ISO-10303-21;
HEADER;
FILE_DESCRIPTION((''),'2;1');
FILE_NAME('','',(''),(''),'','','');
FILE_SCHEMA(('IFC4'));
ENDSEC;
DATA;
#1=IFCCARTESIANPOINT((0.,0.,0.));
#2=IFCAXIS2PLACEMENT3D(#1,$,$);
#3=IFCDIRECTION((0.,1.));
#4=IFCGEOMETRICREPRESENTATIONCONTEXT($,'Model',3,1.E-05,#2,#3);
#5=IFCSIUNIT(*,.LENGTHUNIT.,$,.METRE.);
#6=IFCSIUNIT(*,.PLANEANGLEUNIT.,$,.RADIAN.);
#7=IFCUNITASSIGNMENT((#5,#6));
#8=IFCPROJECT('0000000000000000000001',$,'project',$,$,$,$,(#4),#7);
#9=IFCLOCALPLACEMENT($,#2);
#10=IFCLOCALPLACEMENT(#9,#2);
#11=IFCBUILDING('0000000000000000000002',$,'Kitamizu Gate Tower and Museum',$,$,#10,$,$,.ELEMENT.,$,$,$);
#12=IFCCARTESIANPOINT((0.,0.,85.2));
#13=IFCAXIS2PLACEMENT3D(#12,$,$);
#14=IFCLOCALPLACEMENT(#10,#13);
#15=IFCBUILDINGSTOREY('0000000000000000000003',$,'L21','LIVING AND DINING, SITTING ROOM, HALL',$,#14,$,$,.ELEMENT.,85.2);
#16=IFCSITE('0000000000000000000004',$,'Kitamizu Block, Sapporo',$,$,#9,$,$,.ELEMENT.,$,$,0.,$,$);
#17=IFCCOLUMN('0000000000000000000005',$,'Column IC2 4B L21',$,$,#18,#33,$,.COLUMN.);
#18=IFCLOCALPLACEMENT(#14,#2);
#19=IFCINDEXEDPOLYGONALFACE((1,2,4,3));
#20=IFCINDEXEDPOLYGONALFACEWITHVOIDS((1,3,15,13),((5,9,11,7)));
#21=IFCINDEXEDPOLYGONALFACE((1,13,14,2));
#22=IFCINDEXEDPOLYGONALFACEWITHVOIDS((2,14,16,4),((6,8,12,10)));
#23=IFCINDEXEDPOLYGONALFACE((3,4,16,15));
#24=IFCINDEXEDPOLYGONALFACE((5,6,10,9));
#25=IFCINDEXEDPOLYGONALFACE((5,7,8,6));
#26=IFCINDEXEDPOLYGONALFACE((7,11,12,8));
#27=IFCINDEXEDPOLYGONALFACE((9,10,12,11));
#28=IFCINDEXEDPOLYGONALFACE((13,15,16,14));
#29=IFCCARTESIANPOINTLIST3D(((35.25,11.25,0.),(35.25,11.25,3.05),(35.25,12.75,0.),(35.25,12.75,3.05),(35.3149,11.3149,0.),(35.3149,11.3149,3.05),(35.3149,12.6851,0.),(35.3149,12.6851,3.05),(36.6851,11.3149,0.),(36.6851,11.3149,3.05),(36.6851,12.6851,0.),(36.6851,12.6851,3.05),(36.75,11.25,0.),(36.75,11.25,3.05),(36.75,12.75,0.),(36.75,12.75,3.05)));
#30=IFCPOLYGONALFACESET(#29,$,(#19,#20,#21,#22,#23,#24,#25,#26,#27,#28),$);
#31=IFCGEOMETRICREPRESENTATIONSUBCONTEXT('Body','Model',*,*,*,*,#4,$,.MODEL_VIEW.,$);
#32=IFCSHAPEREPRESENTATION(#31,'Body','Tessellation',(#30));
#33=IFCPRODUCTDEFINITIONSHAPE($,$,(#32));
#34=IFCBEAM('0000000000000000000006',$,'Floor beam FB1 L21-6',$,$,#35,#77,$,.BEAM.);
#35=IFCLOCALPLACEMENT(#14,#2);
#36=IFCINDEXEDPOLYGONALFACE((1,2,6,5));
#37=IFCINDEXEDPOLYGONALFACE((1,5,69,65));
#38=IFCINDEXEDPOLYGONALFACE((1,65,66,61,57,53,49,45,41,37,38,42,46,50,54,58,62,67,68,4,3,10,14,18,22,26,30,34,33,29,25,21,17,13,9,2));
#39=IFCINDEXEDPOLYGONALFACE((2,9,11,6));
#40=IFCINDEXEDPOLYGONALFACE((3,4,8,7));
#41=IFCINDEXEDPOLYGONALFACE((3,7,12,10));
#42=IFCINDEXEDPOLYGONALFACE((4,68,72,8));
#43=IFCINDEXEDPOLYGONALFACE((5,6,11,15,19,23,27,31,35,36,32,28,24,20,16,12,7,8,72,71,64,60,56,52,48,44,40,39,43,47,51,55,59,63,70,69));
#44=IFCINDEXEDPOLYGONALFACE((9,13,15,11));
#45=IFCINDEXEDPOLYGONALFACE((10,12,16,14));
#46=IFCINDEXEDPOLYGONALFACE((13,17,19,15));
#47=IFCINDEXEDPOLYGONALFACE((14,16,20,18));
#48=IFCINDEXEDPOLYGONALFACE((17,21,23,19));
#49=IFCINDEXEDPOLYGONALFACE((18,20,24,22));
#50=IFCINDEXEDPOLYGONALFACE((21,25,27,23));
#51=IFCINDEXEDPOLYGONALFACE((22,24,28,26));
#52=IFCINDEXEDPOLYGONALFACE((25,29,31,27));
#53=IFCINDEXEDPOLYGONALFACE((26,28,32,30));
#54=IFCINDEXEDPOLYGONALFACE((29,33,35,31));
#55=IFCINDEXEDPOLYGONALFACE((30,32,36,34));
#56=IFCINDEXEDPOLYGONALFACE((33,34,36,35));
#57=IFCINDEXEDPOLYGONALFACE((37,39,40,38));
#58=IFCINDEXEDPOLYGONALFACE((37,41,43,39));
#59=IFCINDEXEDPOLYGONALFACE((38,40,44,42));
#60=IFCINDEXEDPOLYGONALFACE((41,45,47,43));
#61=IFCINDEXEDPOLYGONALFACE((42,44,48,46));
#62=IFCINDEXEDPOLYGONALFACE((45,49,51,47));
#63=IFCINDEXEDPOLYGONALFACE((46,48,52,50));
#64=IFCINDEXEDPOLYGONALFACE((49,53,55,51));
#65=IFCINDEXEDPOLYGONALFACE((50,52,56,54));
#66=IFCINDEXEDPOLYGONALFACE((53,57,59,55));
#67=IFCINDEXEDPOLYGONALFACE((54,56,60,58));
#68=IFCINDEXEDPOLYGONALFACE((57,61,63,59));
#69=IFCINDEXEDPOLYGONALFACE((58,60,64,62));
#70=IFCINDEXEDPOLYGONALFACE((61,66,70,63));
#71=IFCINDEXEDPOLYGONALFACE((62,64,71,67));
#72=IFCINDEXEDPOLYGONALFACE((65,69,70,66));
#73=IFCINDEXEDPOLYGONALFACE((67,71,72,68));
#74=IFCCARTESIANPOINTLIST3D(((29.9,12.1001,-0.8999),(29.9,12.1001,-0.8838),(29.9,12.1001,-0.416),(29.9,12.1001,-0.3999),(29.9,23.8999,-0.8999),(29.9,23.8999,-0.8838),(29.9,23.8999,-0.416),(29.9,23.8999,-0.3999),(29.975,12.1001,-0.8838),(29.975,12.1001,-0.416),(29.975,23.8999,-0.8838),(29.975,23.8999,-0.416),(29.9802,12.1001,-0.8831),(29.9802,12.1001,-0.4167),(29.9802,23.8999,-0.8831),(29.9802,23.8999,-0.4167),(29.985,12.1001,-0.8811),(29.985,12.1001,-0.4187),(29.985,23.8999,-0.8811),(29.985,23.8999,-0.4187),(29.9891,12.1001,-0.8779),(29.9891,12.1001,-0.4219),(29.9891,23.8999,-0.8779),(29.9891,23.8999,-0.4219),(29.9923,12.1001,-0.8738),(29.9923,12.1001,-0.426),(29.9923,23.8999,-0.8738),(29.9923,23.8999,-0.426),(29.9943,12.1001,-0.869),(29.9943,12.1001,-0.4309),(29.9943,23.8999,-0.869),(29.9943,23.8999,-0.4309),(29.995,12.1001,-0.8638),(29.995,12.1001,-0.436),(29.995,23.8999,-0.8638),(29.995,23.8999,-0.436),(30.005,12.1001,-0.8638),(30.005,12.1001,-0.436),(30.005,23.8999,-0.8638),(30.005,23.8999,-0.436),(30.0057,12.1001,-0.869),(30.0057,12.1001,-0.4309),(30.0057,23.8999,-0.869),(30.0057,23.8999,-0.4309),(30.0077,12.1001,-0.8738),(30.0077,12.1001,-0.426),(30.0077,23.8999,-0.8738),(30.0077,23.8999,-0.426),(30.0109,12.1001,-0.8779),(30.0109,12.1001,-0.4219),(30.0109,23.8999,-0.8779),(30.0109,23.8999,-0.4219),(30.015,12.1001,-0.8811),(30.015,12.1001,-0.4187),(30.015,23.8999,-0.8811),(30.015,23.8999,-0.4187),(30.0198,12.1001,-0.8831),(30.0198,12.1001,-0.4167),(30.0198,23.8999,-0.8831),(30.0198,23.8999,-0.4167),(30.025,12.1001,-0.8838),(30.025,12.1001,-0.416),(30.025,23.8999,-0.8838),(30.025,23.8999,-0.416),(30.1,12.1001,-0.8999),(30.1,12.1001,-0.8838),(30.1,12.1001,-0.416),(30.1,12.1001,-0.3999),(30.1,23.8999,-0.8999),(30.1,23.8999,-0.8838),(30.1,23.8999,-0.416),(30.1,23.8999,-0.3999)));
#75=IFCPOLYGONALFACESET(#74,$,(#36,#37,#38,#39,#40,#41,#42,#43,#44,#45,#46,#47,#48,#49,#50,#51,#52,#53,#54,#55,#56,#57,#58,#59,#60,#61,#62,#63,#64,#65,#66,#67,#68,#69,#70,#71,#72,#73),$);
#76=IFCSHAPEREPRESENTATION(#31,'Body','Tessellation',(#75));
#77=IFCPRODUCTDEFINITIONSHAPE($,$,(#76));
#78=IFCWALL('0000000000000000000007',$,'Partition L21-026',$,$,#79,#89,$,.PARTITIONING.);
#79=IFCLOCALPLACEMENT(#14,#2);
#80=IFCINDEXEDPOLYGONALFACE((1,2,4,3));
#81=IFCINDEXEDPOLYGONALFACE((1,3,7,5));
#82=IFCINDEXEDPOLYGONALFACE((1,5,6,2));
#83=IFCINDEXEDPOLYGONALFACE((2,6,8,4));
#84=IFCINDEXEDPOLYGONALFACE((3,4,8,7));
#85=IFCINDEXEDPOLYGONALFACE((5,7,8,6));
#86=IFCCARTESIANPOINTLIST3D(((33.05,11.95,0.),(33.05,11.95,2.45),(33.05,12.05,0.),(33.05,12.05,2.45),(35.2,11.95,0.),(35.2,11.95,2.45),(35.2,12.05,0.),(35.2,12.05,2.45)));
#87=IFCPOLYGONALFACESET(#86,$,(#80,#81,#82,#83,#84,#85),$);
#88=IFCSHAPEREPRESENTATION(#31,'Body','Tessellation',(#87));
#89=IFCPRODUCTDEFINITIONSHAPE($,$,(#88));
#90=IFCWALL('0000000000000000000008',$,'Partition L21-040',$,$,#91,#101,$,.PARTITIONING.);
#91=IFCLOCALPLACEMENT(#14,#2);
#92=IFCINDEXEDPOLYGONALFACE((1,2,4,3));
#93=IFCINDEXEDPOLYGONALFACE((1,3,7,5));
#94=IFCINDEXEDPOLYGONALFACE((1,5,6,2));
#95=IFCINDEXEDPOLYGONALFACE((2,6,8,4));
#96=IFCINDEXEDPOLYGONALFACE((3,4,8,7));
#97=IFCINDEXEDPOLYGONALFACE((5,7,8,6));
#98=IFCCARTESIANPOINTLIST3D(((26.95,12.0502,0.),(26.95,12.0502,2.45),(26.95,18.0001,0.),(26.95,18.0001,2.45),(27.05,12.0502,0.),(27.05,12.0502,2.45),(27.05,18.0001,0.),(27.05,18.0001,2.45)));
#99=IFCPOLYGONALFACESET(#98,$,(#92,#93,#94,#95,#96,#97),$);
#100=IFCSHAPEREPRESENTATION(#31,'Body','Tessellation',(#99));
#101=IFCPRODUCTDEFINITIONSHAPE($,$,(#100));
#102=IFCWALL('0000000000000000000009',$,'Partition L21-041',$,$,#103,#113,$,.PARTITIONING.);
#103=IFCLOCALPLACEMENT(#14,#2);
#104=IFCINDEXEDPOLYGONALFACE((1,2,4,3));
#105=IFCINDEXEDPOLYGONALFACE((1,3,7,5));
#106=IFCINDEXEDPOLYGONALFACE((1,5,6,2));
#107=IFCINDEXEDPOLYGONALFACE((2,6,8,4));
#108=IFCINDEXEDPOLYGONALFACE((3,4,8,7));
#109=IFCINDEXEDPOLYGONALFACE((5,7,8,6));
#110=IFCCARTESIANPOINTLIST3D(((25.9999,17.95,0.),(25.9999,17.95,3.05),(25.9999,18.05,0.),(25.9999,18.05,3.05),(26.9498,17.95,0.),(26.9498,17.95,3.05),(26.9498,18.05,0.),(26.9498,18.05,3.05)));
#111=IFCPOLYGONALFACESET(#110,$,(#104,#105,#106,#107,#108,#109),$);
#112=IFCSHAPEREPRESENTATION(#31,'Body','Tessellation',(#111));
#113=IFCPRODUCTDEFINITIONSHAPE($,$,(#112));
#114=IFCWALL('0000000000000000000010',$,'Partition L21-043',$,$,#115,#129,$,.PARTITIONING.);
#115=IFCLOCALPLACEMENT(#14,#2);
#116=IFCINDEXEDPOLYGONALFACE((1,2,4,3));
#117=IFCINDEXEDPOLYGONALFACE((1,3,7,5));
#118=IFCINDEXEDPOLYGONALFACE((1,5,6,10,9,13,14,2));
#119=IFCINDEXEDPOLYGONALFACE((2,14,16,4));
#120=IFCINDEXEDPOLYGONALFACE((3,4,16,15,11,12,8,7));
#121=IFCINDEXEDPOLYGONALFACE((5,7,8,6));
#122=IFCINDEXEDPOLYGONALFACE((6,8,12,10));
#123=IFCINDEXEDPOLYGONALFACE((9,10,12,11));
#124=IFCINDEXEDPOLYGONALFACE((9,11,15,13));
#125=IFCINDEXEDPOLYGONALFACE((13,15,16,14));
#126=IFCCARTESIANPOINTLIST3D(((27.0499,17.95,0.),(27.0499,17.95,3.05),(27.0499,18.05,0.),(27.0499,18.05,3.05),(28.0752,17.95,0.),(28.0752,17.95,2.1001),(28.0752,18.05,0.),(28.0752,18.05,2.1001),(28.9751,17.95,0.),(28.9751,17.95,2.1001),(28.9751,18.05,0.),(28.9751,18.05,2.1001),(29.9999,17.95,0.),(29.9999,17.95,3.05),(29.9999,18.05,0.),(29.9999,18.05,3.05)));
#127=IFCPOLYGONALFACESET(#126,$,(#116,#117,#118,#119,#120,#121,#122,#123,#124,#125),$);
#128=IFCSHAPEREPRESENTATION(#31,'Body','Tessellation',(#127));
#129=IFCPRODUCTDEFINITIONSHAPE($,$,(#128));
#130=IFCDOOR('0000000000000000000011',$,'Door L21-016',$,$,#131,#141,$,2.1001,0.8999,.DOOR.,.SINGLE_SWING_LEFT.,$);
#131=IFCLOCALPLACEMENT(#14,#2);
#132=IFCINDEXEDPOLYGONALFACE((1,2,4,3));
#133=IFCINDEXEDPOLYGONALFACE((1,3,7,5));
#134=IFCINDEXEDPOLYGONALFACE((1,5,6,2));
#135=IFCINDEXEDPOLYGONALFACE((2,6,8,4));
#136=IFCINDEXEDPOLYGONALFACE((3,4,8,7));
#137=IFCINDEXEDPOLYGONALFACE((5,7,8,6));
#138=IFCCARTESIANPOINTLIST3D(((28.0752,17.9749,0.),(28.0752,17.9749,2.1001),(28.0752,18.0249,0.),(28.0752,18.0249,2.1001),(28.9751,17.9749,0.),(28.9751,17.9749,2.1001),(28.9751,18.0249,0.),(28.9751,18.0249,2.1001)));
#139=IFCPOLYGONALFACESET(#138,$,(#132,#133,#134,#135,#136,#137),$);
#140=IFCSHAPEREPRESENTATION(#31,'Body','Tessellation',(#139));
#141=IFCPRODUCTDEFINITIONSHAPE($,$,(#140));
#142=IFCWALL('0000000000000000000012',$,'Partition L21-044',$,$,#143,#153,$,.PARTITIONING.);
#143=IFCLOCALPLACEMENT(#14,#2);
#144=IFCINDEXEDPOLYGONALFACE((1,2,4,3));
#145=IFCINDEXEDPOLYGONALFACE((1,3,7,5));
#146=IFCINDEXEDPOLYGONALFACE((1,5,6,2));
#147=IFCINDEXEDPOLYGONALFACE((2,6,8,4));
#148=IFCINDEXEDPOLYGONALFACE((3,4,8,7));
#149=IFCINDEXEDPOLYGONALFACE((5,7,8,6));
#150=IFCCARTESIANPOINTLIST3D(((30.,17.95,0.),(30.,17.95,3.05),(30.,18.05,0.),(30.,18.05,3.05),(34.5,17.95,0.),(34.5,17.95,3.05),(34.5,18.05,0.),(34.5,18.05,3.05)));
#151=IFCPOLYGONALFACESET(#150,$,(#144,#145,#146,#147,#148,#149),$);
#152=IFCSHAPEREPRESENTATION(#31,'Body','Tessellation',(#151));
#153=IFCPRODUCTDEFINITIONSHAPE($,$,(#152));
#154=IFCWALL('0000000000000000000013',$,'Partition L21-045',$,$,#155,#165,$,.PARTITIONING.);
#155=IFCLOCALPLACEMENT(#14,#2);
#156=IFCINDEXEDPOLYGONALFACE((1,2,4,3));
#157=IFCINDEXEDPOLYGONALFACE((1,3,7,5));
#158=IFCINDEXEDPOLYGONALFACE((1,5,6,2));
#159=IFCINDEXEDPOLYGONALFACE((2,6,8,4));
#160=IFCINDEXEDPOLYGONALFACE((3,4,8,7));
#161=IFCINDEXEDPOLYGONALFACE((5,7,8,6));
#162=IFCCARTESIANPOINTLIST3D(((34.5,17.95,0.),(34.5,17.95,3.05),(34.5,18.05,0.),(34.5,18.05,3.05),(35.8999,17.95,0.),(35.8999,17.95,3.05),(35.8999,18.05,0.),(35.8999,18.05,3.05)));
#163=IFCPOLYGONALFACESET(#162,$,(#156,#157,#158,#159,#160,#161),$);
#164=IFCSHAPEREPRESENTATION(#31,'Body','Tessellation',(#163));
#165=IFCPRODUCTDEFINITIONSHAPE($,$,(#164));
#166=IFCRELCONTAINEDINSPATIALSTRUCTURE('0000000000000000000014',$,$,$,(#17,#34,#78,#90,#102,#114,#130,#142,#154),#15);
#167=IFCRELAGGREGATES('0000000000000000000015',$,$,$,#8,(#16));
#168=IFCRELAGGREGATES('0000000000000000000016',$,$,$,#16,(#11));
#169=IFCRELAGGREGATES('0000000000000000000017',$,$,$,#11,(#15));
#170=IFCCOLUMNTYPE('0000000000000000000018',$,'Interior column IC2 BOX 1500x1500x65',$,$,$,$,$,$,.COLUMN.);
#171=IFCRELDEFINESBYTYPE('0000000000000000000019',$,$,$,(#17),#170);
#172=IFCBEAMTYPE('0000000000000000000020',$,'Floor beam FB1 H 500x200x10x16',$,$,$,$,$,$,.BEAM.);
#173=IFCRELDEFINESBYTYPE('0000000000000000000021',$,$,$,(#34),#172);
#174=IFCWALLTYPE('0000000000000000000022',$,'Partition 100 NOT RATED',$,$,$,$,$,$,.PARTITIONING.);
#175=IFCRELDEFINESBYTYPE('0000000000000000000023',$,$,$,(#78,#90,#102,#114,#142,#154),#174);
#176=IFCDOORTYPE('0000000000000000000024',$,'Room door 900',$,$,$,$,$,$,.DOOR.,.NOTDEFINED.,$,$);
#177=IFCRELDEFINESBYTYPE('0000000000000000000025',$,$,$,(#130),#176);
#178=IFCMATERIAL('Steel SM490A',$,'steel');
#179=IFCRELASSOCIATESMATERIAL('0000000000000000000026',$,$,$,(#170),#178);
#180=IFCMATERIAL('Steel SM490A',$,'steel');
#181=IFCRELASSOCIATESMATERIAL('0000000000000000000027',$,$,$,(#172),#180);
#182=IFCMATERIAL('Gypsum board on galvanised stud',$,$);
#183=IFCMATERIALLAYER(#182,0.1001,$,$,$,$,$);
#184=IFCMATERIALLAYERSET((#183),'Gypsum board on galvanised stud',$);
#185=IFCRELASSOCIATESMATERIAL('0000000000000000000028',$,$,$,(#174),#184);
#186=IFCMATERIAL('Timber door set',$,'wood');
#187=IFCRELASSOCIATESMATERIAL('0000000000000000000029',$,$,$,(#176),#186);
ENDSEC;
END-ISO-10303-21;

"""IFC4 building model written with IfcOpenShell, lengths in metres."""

from ifc_helpers import new_model, si_unit, direction, frame, frame_2d, origin, origin_2d, place, context, subcontext, project, spatial, rectangle, hollow_rectangle, i_section, extrude, material, layer, layer_set, material_profile, profile_set, type_object, element, fill, save


model = new_model("IFC4")

# Units and contexts
model_context = context("Model", 3, precision=1e-05, world=origin(), true_north=direction((0.0, 1.0)))
body_context = subcontext(model_context, "Body", "Model", "MODEL_VIEW")
ifc_project = project(units=[si_unit("LENGTHUNIT", "METRE"), si_unit("PLANEANGLEUNIT", "RADIAN")], contexts=[model_context])

# Site, building, storey
site_placement = place(None, origin())
site = spatial("IfcSite", under=ifc_project, at=site_placement, Name="Kitamizu Block, Sapporo", CompositionType="ELEMENT", RefElevation=0.0)
building_placement = place(site_placement, origin())
building = spatial("IfcBuilding", under=site, at=building_placement, Name="Kitamizu Gate Tower and Museum", CompositionType="ELEMENT")
storey_placement = place(building_placement, frame((0.0, 0.0, 85.2)))
storey = spatial("IfcBuildingStorey", under=building, at=storey_placement, Name="L21", Description="LIVING AND DINING, SITTING ROOM, HALL", CompositionType="ELEMENT", Elevation=85.2)

# Column
ifc_material_1 = material(Name="Steel SM490A", Category="steel")
ifc_material_profile_1 = material_profile(ifc_material_1, hollow_rectangle(XDim=1.5, YDim=1.5, WallThickness=0.0649, at=origin_2d()), Name="BOX 1500x1500x65")
ifc_profile_set_1 = profile_set([ifc_material_profile_1], Name="Steel SM490A")
column_type = type_object("IfcColumnType", Name="Interior column IC2 BOX 1500x1500x65", PredefinedType="COLUMN", material=ifc_profile_set_1)
column_placement = place(storey_placement, frame((36.0, 12.0, 0.0), z_axis=(0.0, 0.0, 1.0), x_axis=(1.0, 0.0, 0.0)))
element("IfcColumn", 1, at=column_placement, inside=storey, type_object=column_type, Name="Column IC2 4B L21", PredefinedType="COLUMN", context=body_context, shape_type="SweptSolid", body=[
    extrude(hollow_rectangle(XDim=1.5, YDim=1.5, WallThickness=0.0649, at=origin_2d()), origin(), (0.0, 0.0, 1.0), 3.05),
])

# Beam
ifc_material_2 = material(Name="Steel SM490A", Category="steel")
ifc_material_profile_2 = material_profile(ifc_material_2, i_section(OverallWidth=0.2, OverallDepth=0.5, WebThickness=0.01, FlangeThickness=0.0161, FilletRadius=0.02, at=origin_2d()), Name="H-500x200x10x16")
ifc_profile_set_2 = profile_set([ifc_material_profile_2], Name="Steel SM490A")
beam_type = type_object("IfcBeamType", Name="Floor beam FB1 H 500x200x10x16", PredefinedType="BEAM", material=ifc_profile_set_2)
beam_placement = place(storey_placement, frame((30.0, 12.1001, -0.6499), z_axis=(0.0, 1.0, 0.0), x_axis=(-1.0, 0.0, 0.0)))
element("IfcBeam", 2, at=beam_placement, inside=storey, type_object=beam_type, Name="Floor beam FB1 L21-6", PredefinedType="BEAM", context=body_context, shape_type="SweptSolid", body=[
    extrude(i_section(OverallWidth=0.2, OverallDepth=0.5, WebThickness=0.01, FlangeThickness=0.0161, FilletRadius=0.02, at=origin_2d()), origin(), (0.0, 0.0, 1.0), 11.7998),
])

# Walls
ifc_material_3 = material(Name="Gypsum board on galvanised stud")
ifc_layer_1 = layer(ifc_material_3, 0.1001)
ifc_layer_set_1 = layer_set([ifc_layer_1], Name="Gypsum board on galvanised stud")
wall_type_1 = type_object("IfcWallType", Name="Partition 100 NOT RATED", PredefinedType="PARTITIONING", material=ifc_layer_set_1)
wall_1_placement = place(storey_placement, frame((35.2, 12.0, 0.0), z_axis=(0.0, 0.0, 1.0), x_axis=(-1.0, 0.0, 0.0)))
element("IfcWall", 3, at=wall_1_placement, inside=storey, type_object=wall_type_1, Name="Partition L21-026", PredefinedType="PARTITIONING", context=body_context, shape_type="SweptSolid", body=[
    extrude(rectangle(XDim=2.1499, YDim=0.1001, at=frame_2d((1.075, 0.0))), origin(), (0.0, 0.0, 1.0), 2.45),
])
wall_2_placement = place(storey_placement, frame((27.0, 12.05, 0.0), z_axis=(0.0, 0.0, 1.0), x_axis=(0.0, 1.0, 0.0)))
element("IfcWall", 4, at=wall_2_placement, inside=storey, type_object=wall_type_1, Name="Partition L21-040", PredefinedType="PARTITIONING", context=body_context, shape_type="SweptSolid", body=[
    extrude(rectangle(XDim=5.95, YDim=0.1001, at=frame_2d((2.9751, 0.0))), origin(), (0.0, 0.0, 1.0), 2.45),
])
wall_3_placement = place(storey_placement, frame((26.95, 18.0, 0.0), z_axis=(0.0, 0.0, 1.0), x_axis=(-1.0, 0.0, 0.0)))
element("IfcWall", 5, at=wall_3_placement, inside=storey, type_object=wall_type_1, Name="Partition L21-041", PredefinedType="PARTITIONING", context=body_context, shape_type="SweptSolid", body=[
    extrude(rectangle(XDim=0.95, YDim=0.1001, at=frame_2d((0.4751, 0.0))), origin(), (0.0, 0.0, 1.0), 3.05),
])

# Wall, opening, door
wall_4_placement = place(storey_placement, frame((30.0, 18.0, 0.0), z_axis=(0.0, 0.0, 1.0), x_axis=(-1.0, 0.0, 0.0)))
wall_4 = element("IfcWall", 6, at=wall_4_placement, inside=storey, type_object=wall_type_1, Name="Partition L21-043", PredefinedType="PARTITIONING", context=body_context, shape_type="SweptSolid", body=[
    extrude(rectangle(XDim=2.95, YDim=0.1001, at=frame_2d((1.4751, 0.0))), origin(), (0.0, 0.0, 1.0), 3.05),
])
opening_1_placement = place(wall_4_placement, frame((1.0249, 0.0, 0.0)))
opening_1 = element("IfcOpeningElement", 7, at=opening_1_placement, cuts=wall_4, PredefinedType="OPENING", context=body_context, shape_type="SweptSolid", body=[
    extrude(rectangle(XDim=0.8999, YDim=2.1001, at=frame_2d((0.45, 1.05))), frame((0.0, 0.0601, 0.0), z_axis=(0.0, -1.0, 0.0), x_axis=(1.0, 0.0, 0.0)), (0.0, 0.0, 1.0), 0.1201),
])
ifc_material_4 = material(Name="Timber door set", Category="wood")
door_type = type_object("IfcDoorType", Name="Room door 900", OperationType="NOTDEFINED", PredefinedType="DOOR", material=ifc_material_4)
door_1_placement = place(opening_1_placement, frame((0.8999, 0.0, 0.0), x_axis=(-1.0, 0.0, 0.0)))
door_1 = element("IfcDoor", 8, at=door_1_placement, inside=storey, type_object=door_type, Name="Door L21-016", OperationType="SINGLE_SWING_LEFT", OverallHeight=2.1001, OverallWidth=0.8999, PredefinedType="DOOR", context=body_context, shape_type="SweptSolid", body=[
    extrude(rectangle(XDim=0.8999, YDim=2.1001, at=frame_2d((0.45, 1.05))), frame((0.0, 0.0249, 0.0), z_axis=(0.0, -1.0, 0.0), x_axis=(1.0, 0.0, 0.0)), (0.0, 0.0, 1.0), 0.05),
])
fill(opening_1, door_1)

# Walls
wall_5_placement = place(storey_placement, frame((34.5, 18.0, 0.0), z_axis=(0.0, 0.0, 1.0), x_axis=(-1.0, 0.0, 0.0)))
element("IfcWall", 9, at=wall_5_placement, inside=storey, type_object=wall_type_1, Name="Partition L21-044", PredefinedType="PARTITIONING", context=body_context, shape_type="SweptSolid", body=[
    extrude(rectangle(XDim=4.5, YDim=0.1001, at=frame_2d((2.25, 0.0))), origin(), (0.0, 0.0, 1.0), 3.05),
])
wall_6_placement = place(storey_placement, frame((35.8999, 18.0, 0.0), z_axis=(0.0, 0.0, 1.0), x_axis=(-1.0, 0.0, 0.0)))
element("IfcWall", 10, at=wall_6_placement, inside=storey, type_object=wall_type_1, Name="Partition L21-045", PredefinedType="PARTITIONING", context=body_context, shape_type="SweptSolid", body=[
    extrude(rectangle(XDim=1.3999, YDim=0.1001, at=frame_2d((0.7, 0.0))), origin(), (0.0, 0.0, 1.0), 3.05),
])

save(model, "model.ifc")
